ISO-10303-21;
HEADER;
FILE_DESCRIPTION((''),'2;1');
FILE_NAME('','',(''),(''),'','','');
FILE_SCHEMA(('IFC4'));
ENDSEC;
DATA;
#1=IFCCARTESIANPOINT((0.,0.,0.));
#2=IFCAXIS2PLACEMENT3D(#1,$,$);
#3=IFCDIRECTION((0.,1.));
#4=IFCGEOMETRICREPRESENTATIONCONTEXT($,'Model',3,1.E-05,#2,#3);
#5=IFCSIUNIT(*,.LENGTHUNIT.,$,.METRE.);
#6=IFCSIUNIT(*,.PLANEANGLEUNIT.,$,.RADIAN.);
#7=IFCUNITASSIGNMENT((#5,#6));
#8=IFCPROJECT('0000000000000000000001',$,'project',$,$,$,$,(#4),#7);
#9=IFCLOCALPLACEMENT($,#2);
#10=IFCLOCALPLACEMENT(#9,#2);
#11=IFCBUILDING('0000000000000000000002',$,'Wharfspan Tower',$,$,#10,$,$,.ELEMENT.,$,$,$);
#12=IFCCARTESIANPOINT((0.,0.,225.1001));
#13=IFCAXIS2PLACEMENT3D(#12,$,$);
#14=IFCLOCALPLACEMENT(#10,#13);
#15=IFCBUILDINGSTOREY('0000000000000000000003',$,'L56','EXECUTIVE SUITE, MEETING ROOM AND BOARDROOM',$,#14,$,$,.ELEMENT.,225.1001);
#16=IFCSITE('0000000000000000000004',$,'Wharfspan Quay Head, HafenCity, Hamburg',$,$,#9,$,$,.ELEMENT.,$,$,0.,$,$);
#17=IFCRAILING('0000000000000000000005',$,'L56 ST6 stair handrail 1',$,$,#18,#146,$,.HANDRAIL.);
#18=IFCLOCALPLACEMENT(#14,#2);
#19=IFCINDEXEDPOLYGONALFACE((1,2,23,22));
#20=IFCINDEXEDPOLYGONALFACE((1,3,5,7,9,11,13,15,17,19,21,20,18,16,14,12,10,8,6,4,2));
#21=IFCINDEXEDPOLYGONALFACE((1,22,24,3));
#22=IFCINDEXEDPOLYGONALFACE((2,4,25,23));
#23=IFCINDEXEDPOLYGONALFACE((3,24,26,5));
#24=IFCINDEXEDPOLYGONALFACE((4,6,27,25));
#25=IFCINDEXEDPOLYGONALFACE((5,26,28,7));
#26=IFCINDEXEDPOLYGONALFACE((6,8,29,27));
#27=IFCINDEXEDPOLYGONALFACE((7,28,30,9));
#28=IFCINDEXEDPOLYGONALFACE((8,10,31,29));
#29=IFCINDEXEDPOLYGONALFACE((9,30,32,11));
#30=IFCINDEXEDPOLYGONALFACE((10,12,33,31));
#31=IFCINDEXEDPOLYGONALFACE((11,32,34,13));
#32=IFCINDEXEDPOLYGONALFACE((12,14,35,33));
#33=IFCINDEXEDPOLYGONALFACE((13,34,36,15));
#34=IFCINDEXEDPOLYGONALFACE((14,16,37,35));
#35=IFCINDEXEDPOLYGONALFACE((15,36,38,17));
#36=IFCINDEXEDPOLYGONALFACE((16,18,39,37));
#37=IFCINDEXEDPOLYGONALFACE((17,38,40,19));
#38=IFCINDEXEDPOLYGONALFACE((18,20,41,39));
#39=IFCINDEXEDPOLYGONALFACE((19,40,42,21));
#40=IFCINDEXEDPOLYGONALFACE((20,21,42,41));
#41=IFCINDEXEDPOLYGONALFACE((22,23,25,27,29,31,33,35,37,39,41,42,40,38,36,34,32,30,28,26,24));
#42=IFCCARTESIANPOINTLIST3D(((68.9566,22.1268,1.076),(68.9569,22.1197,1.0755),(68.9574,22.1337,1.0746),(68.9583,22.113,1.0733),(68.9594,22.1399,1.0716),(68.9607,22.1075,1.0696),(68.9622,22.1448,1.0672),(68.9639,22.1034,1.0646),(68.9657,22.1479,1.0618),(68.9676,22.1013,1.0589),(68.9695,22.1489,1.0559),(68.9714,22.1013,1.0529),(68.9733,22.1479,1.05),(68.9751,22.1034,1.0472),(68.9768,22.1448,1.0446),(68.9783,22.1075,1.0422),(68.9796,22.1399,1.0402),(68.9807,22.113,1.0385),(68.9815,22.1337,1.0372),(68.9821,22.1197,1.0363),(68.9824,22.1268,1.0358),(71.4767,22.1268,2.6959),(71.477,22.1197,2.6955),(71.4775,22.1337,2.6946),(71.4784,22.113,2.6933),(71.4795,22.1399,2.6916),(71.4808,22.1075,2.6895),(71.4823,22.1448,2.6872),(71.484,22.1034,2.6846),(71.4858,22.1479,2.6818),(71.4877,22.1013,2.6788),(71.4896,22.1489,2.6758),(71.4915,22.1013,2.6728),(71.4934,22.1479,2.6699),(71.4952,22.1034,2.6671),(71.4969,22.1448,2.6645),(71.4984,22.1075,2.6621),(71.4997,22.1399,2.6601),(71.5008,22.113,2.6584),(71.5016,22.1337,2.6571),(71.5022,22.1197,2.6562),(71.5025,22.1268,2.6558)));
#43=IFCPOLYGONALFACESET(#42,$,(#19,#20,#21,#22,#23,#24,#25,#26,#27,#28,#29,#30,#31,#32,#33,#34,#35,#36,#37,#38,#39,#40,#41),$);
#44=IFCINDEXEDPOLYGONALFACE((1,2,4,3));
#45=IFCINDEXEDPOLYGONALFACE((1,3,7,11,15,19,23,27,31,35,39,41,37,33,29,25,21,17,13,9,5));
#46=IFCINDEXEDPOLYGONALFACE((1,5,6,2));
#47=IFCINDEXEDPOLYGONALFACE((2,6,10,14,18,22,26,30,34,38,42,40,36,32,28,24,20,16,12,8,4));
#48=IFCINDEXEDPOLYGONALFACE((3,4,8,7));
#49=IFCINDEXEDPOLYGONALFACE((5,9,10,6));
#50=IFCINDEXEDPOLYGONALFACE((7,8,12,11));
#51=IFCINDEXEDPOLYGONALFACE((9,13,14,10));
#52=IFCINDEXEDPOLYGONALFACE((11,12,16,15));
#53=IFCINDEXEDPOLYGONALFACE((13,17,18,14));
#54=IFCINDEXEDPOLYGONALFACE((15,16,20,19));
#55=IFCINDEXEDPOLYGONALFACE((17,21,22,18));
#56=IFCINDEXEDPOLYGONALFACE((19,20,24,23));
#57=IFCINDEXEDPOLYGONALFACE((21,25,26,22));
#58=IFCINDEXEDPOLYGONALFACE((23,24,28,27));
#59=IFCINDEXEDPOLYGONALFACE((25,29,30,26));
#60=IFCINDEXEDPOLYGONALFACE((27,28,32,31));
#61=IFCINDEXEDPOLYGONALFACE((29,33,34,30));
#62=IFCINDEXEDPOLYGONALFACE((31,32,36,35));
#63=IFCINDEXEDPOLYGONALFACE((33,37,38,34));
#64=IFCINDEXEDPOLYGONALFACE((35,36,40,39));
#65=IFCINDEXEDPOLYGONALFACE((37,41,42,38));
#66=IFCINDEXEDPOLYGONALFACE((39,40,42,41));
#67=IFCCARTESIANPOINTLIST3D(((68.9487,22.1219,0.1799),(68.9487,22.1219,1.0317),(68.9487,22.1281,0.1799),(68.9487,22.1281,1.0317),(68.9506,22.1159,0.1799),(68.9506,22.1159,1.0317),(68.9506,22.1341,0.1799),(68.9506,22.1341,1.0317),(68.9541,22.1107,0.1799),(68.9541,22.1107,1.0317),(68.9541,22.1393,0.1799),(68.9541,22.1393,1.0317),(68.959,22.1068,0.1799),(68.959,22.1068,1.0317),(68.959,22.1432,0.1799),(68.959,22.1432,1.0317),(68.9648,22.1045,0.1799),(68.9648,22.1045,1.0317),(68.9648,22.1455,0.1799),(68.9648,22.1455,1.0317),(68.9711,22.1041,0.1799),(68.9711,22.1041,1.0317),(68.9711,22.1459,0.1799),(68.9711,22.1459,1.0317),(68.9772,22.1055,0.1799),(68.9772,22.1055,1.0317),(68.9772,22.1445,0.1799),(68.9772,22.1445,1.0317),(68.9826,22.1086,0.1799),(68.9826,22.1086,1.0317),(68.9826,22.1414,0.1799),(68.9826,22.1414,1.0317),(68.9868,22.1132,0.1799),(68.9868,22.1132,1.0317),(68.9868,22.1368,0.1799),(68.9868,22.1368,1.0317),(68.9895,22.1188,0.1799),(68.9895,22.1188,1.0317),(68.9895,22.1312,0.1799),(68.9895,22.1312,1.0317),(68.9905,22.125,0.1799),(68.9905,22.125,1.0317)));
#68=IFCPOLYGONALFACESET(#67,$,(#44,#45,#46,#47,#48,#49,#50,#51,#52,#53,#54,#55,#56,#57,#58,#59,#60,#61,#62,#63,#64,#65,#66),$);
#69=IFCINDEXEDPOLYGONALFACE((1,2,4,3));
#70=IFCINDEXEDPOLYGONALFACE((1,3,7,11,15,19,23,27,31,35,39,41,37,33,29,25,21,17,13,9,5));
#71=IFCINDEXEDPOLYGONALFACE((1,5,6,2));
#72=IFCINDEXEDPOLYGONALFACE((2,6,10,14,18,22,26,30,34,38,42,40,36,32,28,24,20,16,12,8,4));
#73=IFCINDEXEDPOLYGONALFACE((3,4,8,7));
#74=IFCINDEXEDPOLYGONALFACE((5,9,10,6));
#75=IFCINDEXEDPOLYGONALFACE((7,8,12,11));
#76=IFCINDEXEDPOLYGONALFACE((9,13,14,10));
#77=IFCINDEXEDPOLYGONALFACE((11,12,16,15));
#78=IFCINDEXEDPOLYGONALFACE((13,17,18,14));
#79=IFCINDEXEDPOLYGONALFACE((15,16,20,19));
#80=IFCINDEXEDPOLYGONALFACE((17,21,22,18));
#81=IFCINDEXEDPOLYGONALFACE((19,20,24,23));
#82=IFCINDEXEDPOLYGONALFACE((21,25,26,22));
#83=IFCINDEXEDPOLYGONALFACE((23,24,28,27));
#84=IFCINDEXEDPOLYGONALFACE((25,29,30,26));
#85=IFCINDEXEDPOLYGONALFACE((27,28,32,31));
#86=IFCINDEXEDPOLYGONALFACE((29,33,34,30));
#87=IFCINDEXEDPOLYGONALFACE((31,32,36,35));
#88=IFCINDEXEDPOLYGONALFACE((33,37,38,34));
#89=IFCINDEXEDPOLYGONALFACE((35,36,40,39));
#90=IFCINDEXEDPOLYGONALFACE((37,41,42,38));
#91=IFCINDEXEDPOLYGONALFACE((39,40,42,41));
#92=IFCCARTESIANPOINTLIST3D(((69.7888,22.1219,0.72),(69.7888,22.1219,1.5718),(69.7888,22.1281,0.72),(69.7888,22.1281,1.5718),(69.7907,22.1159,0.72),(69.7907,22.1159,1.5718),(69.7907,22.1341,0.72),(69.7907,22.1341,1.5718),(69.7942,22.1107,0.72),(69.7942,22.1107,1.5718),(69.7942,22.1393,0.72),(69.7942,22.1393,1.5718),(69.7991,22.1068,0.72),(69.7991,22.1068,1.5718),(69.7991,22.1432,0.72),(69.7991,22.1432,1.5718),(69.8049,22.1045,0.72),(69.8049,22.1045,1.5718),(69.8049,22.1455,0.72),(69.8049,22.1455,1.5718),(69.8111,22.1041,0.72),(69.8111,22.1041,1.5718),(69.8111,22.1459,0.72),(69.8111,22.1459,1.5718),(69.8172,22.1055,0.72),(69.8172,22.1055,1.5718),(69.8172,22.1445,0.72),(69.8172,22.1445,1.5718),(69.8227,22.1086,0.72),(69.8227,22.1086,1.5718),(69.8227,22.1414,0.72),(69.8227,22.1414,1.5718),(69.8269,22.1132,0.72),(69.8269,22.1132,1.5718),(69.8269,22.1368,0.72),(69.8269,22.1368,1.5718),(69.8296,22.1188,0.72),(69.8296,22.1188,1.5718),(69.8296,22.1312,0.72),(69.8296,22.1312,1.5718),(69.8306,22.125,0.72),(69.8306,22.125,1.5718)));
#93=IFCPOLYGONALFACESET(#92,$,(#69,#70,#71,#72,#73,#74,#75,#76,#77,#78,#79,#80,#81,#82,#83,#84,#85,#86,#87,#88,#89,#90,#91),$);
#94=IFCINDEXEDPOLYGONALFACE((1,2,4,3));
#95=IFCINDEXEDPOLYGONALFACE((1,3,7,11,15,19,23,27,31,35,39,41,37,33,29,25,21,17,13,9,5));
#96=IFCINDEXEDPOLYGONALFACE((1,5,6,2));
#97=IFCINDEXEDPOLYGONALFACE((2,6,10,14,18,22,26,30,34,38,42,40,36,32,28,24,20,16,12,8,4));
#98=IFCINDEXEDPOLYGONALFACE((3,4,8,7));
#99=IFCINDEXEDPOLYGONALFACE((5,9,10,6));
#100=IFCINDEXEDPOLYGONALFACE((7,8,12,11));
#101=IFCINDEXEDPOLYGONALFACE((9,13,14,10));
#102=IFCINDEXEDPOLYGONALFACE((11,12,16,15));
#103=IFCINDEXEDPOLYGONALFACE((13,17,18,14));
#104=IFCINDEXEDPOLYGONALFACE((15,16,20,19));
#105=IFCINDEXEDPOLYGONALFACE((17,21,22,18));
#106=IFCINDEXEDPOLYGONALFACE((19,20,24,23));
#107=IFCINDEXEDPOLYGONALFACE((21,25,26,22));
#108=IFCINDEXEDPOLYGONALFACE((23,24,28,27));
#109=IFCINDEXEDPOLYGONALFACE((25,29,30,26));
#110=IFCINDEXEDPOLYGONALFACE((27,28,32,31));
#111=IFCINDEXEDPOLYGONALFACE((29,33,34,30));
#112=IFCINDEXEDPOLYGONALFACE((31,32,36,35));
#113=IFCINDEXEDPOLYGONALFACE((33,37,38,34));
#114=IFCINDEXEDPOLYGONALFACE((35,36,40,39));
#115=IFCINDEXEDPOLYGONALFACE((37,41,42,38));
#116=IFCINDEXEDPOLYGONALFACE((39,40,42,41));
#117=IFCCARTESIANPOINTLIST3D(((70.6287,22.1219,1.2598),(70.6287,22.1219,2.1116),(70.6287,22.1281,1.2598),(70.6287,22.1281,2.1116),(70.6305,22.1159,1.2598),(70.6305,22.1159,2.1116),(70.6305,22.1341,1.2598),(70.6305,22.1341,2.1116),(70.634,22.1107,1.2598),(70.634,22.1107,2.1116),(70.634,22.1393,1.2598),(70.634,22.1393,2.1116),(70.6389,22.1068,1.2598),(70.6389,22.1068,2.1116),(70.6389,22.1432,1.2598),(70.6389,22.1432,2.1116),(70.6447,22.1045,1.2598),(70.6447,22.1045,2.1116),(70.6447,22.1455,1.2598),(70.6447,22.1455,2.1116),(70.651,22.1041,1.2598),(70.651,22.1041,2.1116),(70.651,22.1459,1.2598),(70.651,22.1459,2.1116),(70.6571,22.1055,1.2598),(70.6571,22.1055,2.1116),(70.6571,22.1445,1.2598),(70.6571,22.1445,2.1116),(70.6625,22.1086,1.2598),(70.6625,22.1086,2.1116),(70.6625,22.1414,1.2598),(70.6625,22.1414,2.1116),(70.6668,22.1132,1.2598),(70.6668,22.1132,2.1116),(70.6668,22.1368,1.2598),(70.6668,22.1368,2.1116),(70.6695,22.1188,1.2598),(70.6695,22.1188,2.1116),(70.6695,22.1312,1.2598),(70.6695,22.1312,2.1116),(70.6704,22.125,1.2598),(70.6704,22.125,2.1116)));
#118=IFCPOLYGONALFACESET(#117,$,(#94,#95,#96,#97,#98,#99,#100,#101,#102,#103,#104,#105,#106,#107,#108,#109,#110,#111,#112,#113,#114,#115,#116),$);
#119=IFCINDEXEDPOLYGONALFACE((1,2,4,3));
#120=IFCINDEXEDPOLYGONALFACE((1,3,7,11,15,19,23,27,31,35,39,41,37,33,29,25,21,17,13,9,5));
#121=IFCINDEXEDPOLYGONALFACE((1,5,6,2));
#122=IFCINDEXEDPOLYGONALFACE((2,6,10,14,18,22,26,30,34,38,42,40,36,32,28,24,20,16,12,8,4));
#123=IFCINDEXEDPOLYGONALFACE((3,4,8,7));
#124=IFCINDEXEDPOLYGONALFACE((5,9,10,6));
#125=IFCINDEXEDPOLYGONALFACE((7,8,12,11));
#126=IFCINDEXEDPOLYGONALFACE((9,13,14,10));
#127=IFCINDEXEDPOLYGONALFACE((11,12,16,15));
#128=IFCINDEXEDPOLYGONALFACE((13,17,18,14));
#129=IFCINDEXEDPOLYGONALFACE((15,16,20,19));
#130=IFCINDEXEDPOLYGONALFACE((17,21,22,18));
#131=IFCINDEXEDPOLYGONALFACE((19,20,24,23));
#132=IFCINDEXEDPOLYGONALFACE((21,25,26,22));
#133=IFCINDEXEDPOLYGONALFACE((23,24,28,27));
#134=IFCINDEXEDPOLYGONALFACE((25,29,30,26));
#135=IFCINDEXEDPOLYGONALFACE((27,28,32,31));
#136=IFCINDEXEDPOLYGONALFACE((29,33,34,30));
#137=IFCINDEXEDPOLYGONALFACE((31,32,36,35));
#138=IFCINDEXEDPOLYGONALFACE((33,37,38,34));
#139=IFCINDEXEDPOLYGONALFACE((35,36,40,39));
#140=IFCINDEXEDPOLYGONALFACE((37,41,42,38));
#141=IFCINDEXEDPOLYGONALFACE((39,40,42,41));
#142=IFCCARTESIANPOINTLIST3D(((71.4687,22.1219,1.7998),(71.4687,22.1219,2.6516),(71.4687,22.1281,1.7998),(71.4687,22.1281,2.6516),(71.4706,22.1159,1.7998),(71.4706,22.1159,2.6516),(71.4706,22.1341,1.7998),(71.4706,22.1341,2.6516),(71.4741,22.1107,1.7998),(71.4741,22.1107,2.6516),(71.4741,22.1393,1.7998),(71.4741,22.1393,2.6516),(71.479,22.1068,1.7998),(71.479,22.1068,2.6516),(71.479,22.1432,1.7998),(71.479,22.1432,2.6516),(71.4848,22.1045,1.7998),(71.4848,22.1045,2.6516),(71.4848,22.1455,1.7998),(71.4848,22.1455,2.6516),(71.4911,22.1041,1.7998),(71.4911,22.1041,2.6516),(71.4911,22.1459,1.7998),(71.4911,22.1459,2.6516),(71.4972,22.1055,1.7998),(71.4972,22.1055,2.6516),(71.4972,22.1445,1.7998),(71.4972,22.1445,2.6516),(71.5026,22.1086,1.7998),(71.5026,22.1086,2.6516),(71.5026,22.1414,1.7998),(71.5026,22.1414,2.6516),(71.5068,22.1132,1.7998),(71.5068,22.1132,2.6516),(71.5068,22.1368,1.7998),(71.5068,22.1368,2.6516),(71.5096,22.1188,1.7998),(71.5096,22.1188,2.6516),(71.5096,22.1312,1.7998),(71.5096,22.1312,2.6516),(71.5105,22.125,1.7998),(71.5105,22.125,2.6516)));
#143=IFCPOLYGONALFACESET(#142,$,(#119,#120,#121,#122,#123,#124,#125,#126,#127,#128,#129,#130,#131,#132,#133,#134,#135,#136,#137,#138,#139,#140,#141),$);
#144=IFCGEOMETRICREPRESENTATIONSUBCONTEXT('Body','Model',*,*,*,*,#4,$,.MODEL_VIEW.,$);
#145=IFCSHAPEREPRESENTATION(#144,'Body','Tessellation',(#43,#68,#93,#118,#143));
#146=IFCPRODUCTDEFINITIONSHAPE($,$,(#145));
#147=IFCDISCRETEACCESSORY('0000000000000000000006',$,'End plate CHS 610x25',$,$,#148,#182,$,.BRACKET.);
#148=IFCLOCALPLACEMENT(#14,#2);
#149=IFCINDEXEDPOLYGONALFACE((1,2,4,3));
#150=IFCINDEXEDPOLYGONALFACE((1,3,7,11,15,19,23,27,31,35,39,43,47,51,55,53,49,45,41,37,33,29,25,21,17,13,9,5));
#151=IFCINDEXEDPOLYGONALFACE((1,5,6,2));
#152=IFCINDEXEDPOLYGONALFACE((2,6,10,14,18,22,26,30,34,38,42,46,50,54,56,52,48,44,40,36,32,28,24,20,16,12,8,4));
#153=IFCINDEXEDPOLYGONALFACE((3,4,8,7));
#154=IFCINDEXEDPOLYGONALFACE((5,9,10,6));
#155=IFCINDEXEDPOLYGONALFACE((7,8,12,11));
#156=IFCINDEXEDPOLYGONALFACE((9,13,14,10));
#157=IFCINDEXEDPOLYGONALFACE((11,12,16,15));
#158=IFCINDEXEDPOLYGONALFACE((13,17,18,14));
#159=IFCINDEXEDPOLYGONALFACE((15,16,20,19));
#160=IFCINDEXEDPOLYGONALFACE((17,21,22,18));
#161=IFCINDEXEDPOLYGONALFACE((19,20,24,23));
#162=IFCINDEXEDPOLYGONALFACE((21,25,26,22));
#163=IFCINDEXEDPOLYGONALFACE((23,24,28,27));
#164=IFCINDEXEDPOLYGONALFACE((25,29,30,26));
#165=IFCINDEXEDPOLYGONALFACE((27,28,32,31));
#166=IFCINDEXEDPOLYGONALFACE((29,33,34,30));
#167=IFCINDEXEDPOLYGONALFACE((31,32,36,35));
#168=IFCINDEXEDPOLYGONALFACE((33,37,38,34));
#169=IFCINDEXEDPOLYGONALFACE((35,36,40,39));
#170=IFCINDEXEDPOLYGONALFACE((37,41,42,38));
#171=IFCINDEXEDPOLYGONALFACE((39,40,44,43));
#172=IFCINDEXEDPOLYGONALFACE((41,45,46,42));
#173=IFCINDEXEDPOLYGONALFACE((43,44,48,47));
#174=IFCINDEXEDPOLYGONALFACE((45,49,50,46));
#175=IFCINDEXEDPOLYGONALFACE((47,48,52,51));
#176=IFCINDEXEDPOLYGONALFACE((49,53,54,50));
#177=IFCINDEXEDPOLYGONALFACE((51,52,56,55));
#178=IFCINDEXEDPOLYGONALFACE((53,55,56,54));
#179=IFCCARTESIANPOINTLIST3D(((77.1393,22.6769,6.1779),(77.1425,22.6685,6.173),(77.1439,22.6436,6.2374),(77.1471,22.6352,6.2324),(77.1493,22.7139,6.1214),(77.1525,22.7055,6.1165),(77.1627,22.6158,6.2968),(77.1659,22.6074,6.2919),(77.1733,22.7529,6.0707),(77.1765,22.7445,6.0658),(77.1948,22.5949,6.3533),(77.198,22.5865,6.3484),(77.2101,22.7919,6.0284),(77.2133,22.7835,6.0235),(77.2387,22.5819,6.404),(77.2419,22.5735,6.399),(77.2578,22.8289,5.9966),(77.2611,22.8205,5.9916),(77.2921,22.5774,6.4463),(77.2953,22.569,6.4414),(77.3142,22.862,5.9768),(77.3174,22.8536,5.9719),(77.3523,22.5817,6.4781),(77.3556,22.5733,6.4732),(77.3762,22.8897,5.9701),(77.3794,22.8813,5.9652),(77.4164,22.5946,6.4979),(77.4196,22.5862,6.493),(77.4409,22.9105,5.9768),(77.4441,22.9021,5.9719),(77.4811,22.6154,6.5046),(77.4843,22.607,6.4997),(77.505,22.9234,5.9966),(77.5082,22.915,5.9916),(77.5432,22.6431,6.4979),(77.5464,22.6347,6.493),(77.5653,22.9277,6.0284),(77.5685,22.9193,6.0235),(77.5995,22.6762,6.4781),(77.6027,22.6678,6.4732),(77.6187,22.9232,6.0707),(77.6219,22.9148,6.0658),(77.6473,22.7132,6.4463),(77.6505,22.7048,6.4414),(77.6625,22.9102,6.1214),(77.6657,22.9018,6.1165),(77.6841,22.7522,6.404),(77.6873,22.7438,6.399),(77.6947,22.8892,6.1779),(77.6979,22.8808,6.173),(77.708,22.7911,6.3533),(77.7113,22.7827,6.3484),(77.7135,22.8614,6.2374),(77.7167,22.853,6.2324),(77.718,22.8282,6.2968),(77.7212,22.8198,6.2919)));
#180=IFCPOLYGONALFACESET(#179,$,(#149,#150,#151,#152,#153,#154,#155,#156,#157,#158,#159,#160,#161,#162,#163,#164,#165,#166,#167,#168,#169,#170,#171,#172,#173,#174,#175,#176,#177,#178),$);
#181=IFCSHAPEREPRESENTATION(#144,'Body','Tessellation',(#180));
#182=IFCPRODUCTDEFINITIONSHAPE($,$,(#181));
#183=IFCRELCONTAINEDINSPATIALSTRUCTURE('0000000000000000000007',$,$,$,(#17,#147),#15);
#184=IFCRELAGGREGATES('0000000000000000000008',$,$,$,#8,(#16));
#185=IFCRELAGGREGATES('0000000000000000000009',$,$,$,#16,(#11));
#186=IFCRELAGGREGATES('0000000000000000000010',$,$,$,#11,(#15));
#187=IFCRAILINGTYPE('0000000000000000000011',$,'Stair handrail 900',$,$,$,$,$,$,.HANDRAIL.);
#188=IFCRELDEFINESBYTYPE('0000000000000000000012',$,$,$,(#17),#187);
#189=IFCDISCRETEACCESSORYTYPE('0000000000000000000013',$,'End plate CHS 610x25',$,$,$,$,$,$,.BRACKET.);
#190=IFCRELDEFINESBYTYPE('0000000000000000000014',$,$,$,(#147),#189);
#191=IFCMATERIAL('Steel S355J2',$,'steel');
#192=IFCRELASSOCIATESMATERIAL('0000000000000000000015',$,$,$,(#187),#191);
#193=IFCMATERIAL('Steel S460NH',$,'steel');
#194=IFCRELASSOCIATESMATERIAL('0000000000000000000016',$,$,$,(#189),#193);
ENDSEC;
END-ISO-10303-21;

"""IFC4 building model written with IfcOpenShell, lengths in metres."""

from ifc_helpers import new_model, si_unit, direction, frame, origin, origin_2d, place, context, subcontext, project, spatial, circle, extrude, material, material_profile, profile_set, type_object, element, save


model = new_model("IFC4")

# Units and contexts
model_context = context("Model", 3, precision=1e-05, world=origin(), true_north=direction((0.0, 1.0)))
body_context = subcontext(model_context, "Body", "Model", "MODEL_VIEW")
ifc_project = project(units=[si_unit("LENGTHUNIT", "METRE"), si_unit("PLANEANGLEUNIT", "RADIAN")], contexts=[model_context])

# Site, building, storey
site_placement = place(None, origin())
site = spatial("IfcSite", under=ifc_project, at=site_placement, Name="Wharfspan Quay Head, HafenCity, Hamburg", CompositionType="ELEMENT", RefElevation=0.0)
building_placement = place(site_placement, origin())
building = spatial("IfcBuilding", under=site, at=building_placement, Name="Wharfspan Tower", CompositionType="ELEMENT")
storey_placement = place(building_placement, frame((0.0, 0.0, 225.1001)))
storey = spatial("IfcBuildingStorey", under=building, at=storey_placement, Name="L56", Description="EXECUTIVE SUITE, MEETING ROOM AND BOARDROOM", CompositionType="ELEMENT", Elevation=225.1001)

# Railing
ifc_material_1 = material(Name="Steel S355J2", Category="steel")
railing_type_1 = type_object("IfcRailingType", Name="Stair handrail 900", PredefinedType="HANDRAIL", material=ifc_material_1)
railing_1_placement = place(storey_placement, frame((68.9695, 22.125, 0.1799)))
element("IfcRailing", 1, at=railing_1_placement, inside=storey, type_object=railing_type_1, Name="L56 ST6 stair handrail 1", PredefinedType="HANDRAIL", context=body_context, shape_type="SweptSolid", body=[
    extrude(circle(Radius=0.0239, at=origin_2d()), frame((0.0, 0.0, 0.876), z_axis=(0.8412, 0.0, 0.540725), x_axis=(0.0, 1.0, 0.0)), (0.0, 0.0, 1.0), 2.9958),
    extrude(circle(Radius=0.021, at=origin_2d()), origin(), (0.0, 0.0, 1.0), 0.8518),
    extrude(circle(Radius=0.021, at=origin_2d()), frame((0.8401, 0.0, 0.54)), (0.0, 0.0, 1.0), 0.8518),
    extrude(circle(Radius=0.021, at=origin_2d()), frame((1.6799, 0.0, 1.0798)), (0.0, 0.0, 1.0), 0.8518),
    extrude(circle(Radius=0.021, at=origin_2d()), frame((2.52, 0.0, 1.6199)), (0.0, 0.0, 1.0), 0.8518),
])

# Discrete accessory
ifc_material_2 = material(Name="Steel S460NH", Category="steel")
ifc_material_profile_1 = material_profile(ifc_material_2, circle(Radius=0.3049, at=origin_2d()))
ifc_profile_set_1 = profile_set([ifc_material_profile_1], Name="Steel S460NH")
discrete_accessory_type = type_object("IfcDiscreteAccessoryType", Name="End plate CHS 610x25", PredefinedType="BRACKET", material=ifc_profile_set_1)
discrete_accessory_1_placement = place(storey_placement, frame((77.4319, 22.7441, 6.2324), z_axis=(-0.313003, 0.818624, 0.481543), x_axis=(-0.934053, -0.357137, -0.000001)))
element("IfcDiscreteAccessory", 2, at=discrete_accessory_1_placement, inside=storey, type_object=discrete_accessory_type, Name="End plate CHS 610x25", PredefinedType="BRACKET", context=body_context, shape_type="SweptSolid", body=[
    extrude(circle(Radius=0.3049, at=origin_2d()), origin(), (0.0, 0.0, 1.0), 0.0103),
])

save(model, "model.ifc")
